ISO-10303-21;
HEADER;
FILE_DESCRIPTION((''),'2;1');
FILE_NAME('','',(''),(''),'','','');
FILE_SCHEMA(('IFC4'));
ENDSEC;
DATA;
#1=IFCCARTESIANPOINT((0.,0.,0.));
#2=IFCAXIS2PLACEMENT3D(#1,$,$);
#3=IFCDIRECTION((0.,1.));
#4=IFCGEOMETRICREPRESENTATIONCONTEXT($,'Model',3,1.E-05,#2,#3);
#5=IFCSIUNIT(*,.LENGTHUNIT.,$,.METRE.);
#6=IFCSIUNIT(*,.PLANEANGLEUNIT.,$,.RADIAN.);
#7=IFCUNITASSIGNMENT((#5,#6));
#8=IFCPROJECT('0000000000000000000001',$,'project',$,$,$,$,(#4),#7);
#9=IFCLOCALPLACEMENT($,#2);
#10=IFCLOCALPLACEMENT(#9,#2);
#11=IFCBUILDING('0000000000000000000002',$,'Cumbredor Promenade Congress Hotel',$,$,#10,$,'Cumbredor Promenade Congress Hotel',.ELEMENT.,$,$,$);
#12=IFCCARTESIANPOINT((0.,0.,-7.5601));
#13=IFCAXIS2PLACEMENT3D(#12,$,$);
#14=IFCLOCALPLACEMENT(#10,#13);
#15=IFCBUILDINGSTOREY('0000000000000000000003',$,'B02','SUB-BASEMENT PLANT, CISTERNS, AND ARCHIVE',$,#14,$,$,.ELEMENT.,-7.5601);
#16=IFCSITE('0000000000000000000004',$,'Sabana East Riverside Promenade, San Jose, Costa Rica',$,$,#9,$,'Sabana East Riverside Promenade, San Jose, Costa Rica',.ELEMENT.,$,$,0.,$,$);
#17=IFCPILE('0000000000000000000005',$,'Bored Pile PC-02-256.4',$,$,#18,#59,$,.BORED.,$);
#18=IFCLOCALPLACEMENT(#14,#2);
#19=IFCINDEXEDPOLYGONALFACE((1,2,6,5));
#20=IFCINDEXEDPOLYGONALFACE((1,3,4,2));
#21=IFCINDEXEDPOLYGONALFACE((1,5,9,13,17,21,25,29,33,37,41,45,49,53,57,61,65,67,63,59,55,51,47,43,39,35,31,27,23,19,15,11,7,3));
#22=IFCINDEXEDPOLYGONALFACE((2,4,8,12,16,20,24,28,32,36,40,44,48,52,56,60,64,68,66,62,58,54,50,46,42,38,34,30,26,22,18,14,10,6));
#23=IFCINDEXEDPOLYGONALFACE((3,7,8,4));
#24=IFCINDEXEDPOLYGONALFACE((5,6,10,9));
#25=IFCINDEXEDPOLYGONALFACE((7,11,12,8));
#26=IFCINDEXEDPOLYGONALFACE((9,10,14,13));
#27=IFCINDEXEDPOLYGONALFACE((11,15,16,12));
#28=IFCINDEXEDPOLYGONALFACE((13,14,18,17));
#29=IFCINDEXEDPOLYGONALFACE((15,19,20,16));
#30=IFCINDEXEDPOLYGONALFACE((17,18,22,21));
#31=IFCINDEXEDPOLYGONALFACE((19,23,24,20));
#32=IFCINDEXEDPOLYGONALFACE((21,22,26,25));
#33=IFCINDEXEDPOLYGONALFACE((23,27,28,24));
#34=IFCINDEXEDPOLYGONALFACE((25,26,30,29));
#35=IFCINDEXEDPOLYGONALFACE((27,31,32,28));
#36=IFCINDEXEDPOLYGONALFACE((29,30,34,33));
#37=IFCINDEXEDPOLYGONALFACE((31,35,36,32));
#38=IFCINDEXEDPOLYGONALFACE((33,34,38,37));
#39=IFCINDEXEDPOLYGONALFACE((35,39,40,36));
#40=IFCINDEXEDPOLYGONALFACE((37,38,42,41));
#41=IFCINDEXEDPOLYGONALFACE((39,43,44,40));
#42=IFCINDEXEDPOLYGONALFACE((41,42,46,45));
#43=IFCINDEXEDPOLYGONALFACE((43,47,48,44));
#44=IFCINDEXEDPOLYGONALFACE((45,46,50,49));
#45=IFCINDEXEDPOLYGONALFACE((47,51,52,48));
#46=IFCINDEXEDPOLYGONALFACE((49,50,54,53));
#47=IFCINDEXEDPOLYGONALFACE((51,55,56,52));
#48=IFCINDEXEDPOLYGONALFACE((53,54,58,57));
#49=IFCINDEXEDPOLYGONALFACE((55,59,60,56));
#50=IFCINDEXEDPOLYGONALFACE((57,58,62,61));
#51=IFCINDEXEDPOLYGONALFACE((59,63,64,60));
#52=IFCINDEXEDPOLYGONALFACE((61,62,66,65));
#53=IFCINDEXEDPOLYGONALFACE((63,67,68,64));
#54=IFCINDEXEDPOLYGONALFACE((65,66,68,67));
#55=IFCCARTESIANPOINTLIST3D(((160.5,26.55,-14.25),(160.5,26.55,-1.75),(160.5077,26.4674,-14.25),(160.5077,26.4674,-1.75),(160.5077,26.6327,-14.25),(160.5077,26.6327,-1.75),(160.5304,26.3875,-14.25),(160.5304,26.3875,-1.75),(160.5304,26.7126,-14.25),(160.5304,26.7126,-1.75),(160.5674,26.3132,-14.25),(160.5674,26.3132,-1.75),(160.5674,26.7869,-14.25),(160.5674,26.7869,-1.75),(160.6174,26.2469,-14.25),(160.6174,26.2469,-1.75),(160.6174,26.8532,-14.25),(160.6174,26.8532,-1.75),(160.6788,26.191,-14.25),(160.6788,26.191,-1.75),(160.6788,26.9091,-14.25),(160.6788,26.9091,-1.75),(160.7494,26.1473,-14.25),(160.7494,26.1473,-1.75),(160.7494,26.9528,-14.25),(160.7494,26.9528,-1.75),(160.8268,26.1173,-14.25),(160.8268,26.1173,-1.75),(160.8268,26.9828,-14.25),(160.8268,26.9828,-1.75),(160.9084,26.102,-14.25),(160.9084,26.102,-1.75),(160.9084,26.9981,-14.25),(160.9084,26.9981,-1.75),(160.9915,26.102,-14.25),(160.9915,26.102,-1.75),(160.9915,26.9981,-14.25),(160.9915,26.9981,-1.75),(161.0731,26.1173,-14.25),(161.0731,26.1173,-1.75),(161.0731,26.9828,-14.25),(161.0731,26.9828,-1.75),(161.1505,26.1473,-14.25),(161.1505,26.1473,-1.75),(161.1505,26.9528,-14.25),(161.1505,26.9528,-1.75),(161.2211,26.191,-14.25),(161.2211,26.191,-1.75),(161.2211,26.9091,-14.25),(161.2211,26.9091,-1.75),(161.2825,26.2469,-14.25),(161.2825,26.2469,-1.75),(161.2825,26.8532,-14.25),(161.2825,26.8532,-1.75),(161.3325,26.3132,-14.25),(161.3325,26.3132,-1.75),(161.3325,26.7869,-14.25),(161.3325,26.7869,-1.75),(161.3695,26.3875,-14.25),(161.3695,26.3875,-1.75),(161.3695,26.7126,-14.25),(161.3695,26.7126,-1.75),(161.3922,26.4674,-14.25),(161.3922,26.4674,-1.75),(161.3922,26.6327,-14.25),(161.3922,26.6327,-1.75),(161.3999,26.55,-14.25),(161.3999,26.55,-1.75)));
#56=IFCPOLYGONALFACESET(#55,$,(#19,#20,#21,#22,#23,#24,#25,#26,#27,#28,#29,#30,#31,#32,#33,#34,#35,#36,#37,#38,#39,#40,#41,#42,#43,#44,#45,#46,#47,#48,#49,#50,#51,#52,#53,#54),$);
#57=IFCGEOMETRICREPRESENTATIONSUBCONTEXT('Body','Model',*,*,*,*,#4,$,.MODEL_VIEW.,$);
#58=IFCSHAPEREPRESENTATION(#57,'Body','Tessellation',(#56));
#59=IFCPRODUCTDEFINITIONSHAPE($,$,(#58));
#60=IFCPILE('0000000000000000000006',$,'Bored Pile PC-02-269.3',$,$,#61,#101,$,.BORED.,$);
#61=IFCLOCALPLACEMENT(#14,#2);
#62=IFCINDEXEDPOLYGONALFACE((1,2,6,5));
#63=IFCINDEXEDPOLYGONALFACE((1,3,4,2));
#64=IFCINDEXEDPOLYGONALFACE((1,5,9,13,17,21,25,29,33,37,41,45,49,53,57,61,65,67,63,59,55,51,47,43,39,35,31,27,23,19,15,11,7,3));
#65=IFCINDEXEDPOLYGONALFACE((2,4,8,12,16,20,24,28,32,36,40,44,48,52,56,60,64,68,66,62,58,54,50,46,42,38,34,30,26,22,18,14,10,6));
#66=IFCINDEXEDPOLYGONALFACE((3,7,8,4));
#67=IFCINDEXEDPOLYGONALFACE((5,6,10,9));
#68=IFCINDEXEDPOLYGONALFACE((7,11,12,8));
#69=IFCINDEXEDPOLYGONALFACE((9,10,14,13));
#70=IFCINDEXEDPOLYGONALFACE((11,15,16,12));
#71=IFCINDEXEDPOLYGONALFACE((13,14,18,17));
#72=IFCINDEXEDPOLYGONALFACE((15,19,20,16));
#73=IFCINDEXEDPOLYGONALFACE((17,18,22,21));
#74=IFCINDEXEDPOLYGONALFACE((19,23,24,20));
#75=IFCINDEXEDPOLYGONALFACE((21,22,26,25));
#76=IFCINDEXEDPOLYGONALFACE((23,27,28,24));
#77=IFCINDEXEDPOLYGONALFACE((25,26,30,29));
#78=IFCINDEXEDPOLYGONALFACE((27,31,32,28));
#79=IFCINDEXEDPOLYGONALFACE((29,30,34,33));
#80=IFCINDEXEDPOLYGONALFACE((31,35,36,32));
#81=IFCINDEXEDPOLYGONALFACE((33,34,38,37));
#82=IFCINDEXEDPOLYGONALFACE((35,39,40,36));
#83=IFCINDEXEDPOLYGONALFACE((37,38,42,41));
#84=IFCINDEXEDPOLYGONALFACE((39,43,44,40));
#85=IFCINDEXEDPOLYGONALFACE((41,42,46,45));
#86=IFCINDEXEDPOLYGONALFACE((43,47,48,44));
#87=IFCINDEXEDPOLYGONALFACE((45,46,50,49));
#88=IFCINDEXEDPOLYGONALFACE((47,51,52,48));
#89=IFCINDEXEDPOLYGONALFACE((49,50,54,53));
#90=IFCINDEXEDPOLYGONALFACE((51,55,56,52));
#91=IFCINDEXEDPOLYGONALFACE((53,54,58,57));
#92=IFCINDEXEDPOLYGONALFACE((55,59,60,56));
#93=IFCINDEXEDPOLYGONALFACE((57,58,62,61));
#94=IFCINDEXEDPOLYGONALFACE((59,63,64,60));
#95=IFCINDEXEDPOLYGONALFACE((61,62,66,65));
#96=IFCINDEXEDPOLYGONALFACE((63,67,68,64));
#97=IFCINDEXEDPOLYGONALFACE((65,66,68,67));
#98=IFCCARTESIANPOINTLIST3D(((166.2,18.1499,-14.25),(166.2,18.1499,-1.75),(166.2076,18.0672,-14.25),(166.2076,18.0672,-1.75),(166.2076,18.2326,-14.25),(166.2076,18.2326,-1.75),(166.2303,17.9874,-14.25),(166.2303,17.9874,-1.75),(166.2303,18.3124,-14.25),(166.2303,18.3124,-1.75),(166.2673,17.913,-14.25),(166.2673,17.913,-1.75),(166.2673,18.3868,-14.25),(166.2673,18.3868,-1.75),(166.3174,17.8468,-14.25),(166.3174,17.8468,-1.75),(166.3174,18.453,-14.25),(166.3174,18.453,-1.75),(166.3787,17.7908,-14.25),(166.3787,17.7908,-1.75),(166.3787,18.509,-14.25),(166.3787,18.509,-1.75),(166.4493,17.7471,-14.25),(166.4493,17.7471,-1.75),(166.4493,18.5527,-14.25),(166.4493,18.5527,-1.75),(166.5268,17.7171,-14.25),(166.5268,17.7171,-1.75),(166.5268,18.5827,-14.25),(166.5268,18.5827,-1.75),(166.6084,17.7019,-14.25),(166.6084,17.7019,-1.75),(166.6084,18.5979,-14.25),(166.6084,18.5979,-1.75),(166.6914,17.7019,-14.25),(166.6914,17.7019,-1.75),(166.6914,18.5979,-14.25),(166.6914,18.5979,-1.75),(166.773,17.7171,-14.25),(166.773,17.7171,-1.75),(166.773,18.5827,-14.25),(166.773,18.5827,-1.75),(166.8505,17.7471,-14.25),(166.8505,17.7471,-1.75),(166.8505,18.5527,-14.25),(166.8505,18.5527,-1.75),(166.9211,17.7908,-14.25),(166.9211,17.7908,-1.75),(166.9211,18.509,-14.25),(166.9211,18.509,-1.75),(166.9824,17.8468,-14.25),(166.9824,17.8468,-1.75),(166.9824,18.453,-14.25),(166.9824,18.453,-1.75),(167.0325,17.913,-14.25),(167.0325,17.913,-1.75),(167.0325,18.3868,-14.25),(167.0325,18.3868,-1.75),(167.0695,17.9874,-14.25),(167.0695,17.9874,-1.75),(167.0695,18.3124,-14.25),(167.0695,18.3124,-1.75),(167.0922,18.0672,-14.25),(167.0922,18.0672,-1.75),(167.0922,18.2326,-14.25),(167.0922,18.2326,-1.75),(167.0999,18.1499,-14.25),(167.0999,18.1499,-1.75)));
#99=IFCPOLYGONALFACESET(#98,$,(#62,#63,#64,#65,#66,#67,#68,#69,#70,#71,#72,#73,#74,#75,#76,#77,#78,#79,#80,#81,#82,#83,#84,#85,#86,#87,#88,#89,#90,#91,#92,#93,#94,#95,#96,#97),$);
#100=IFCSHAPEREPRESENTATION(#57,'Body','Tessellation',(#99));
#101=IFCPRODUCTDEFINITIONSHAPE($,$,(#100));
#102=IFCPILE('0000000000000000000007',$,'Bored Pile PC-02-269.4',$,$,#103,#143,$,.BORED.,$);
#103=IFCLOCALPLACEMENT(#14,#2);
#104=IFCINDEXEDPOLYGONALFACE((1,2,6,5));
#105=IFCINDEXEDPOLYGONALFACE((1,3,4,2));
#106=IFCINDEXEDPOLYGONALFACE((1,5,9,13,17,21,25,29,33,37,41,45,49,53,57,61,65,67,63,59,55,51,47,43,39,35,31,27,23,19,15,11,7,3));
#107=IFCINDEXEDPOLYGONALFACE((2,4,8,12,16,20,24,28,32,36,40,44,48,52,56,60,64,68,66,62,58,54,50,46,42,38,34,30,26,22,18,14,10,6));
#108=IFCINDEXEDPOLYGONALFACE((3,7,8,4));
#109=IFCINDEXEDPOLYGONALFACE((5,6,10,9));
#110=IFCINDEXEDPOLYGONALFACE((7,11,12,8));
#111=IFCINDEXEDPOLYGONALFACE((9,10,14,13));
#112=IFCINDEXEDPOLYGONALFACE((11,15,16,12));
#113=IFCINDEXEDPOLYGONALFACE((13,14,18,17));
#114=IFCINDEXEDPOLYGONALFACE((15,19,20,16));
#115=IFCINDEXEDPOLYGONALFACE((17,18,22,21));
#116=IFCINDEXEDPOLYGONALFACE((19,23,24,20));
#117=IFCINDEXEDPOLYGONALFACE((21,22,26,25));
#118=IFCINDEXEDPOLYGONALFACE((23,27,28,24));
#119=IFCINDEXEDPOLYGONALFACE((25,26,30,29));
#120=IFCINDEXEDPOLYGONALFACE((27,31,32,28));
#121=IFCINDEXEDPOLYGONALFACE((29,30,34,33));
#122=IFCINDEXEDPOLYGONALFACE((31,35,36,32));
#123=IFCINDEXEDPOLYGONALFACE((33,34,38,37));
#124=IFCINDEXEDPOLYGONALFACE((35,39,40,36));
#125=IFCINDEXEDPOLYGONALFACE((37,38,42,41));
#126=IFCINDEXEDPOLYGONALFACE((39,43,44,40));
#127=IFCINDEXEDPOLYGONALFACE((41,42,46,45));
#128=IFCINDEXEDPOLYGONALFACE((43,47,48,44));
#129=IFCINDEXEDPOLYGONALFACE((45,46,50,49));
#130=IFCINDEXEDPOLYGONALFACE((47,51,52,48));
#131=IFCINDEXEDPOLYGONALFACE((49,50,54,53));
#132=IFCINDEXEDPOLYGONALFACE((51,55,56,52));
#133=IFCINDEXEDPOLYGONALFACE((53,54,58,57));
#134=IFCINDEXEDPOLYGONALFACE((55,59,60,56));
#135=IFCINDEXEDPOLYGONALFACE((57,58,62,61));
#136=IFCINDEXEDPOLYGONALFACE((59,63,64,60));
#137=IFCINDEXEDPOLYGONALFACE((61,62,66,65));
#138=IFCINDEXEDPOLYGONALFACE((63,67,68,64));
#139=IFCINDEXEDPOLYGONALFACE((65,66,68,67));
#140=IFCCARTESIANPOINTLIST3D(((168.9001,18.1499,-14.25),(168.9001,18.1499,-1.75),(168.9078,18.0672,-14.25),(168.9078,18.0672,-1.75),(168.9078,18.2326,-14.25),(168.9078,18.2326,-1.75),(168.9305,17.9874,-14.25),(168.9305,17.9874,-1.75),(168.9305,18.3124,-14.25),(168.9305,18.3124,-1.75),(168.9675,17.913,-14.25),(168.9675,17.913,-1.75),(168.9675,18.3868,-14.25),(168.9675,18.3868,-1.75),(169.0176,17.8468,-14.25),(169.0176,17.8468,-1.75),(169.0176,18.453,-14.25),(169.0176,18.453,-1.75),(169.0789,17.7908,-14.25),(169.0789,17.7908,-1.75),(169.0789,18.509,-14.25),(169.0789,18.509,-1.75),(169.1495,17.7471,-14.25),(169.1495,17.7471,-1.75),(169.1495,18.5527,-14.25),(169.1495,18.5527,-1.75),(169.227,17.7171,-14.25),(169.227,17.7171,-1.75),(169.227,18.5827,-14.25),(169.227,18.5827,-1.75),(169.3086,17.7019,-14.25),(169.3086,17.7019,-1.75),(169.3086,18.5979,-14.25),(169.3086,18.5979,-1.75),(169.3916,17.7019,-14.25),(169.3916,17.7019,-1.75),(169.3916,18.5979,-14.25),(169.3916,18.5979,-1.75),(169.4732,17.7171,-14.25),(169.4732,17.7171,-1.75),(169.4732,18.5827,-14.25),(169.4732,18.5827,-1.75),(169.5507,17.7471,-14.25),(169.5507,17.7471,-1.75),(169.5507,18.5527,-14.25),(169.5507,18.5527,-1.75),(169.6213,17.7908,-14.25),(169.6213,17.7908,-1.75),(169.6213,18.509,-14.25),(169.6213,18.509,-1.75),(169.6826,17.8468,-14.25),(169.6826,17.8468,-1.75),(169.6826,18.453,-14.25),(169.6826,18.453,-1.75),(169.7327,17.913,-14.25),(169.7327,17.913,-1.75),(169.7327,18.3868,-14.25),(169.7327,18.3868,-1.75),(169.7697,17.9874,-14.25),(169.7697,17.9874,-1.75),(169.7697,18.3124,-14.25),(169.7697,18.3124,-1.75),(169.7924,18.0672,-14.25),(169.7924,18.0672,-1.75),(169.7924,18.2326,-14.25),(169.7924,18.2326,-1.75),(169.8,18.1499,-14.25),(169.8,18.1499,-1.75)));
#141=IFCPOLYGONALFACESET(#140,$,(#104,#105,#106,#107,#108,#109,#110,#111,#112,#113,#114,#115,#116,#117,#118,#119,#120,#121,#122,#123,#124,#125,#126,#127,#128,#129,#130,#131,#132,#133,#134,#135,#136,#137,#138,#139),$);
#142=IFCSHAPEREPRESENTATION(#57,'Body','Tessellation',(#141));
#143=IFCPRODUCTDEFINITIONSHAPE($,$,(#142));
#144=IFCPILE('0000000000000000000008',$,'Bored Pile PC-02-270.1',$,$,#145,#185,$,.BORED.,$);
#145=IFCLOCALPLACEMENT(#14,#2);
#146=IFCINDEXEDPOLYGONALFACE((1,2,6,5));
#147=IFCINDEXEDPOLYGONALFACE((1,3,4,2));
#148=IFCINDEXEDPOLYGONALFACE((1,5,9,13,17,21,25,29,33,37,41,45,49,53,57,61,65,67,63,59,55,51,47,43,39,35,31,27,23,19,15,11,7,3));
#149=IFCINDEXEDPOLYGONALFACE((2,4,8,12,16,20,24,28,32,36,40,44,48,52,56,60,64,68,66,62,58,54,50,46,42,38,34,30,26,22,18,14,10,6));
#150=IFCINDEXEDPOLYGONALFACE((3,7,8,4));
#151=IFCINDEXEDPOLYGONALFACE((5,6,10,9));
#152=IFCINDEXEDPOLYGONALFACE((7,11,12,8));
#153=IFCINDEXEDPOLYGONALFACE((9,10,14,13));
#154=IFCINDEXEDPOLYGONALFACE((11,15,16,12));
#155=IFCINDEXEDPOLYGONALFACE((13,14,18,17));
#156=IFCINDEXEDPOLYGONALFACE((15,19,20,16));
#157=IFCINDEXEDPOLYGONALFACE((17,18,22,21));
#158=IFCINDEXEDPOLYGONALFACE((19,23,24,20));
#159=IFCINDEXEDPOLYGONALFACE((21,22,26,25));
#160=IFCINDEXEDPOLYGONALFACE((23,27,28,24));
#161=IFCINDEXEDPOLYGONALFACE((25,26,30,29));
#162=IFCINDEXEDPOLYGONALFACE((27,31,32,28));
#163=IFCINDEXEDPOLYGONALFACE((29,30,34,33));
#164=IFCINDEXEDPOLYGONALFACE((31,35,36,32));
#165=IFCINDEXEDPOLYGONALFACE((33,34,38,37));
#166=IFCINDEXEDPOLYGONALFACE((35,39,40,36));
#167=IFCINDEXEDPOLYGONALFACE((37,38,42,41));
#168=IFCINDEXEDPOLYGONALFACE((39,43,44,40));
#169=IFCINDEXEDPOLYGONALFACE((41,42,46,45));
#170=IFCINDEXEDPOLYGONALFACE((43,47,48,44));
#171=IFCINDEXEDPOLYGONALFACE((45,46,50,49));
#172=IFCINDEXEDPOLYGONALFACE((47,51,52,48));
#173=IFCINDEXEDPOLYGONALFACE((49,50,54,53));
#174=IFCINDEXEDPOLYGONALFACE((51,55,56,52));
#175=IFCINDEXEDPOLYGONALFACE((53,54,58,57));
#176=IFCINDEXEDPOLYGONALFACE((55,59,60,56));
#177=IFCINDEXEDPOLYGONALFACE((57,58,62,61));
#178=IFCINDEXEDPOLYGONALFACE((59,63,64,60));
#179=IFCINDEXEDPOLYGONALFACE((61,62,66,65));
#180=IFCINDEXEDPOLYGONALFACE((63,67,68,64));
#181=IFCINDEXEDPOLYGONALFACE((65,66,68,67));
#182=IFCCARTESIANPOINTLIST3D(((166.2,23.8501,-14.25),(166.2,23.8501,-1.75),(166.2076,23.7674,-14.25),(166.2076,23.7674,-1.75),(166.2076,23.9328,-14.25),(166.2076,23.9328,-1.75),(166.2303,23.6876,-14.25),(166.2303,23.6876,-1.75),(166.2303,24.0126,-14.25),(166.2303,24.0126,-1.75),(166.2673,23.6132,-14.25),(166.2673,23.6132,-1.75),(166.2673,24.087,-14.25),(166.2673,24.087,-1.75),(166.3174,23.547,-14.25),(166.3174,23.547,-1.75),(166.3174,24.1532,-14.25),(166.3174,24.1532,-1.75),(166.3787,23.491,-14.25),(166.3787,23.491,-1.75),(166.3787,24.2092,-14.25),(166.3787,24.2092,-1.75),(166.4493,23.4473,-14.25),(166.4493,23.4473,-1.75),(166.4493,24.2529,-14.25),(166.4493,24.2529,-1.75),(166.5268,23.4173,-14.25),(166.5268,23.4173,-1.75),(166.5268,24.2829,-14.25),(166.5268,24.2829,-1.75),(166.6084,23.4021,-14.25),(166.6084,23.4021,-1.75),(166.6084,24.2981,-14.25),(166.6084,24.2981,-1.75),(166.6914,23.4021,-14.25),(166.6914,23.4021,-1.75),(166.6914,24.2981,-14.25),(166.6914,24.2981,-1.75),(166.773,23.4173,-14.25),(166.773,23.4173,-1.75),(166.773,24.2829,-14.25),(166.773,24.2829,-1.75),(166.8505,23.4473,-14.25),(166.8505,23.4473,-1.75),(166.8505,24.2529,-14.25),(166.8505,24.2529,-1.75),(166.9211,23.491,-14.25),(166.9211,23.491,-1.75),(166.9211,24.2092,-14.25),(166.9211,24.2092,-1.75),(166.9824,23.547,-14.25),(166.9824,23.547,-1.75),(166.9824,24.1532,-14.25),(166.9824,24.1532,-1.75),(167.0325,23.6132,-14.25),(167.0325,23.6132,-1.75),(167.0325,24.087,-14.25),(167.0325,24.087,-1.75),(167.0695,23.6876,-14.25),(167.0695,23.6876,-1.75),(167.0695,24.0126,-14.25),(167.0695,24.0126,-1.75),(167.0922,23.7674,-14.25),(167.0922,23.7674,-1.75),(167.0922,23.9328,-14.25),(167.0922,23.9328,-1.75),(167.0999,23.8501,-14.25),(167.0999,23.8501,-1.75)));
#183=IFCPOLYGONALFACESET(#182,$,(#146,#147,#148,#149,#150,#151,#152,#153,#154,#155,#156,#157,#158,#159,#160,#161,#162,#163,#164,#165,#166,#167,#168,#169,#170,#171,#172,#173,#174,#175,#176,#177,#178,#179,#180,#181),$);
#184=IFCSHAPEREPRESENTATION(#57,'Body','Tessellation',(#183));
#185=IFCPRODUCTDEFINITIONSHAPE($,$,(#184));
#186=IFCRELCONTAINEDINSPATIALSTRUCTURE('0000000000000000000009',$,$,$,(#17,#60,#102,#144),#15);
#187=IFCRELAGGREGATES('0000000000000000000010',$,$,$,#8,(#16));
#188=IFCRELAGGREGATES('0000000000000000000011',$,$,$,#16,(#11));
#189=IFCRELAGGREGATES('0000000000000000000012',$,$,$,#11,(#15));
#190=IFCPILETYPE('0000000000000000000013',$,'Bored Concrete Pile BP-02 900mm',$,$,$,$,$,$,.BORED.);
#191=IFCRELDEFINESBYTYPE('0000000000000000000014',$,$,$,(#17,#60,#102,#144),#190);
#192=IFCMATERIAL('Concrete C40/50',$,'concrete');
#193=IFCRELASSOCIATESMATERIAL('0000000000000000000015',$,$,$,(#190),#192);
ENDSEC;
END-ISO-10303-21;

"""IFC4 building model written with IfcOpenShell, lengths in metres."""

from ifc_helpers import new_model, si_unit, direction, frame, origin, origin_2d, place, context, subcontext, project, spatial, circle, extrude, material, material_profile, profile_set, type_object, element, save


model = new_model("IFC4")

# Units and contexts
model_context = context("Model", 3, precision=1e-05, world=origin(), true_north=direction((0.0, 1.0)))
body_context = subcontext(model_context, "Body", "Model", "MODEL_VIEW")
ifc_project = project(units=[si_unit("LENGTHUNIT", "METRE"), si_unit("PLANEANGLEUNIT", "RADIAN")], contexts=[model_context])

# Site, building, storey
site_placement = place(None, origin())
site = spatial("IfcSite", under=ifc_project, at=site_placement, Name="Sabana East Riverside Promenade, San Jose, Costa Rica", LongName="Sabana East Riverside Promenade, San Jose, Costa Rica", CompositionType="ELEMENT", RefElevation=0.0)
building_placement = place(site_placement, origin())
building = spatial("IfcBuilding", under=site, at=building_placement, Name="Cumbredor Promenade Congress Hotel", LongName="Cumbredor Promenade Congress Hotel", CompositionType="ELEMENT")
storey_placement = place(building_placement, frame((0.0, 0.0, -7.5601)))
storey = spatial("IfcBuildingStorey", under=building, at=storey_placement, Name="B02", Description="SUB-BASEMENT PLANT, CISTERNS, AND ARCHIVE", CompositionType="ELEMENT", Elevation=-7.5601)

# Piles
ifc_material_1 = material(Name="Concrete C40/50", Category="concrete")
ifc_material_profile_1 = material_profile(ifc_material_1, circle(Radius=0.45, at=origin_2d()), Name="PILE D900")
ifc_profile_set_1 = profile_set([ifc_material_profile_1], Name="Concrete C40/50")
pile_type = type_object("IfcPileType", Name="Bored Concrete Pile BP-02 900mm", PredefinedType="BORED", material=ifc_profile_set_1)
for number, where, z_axis, x_axis, name in (
    (1, (160.95, 26.55, -1.75), (0.0, 0.0, -1.0), (1.0, 0.0, 0.0), "Bored Pile PC-02-256.4"),
    (2, (166.6499, 18.1499, -1.75), (0.0, 0.0, -1.0), (1.0, 0.0, 0.0), "Bored Pile PC-02-269.3"),
    (3, (169.3501, 18.1499, -1.75), (0.0, 0.0, -1.0), (1.0, 0.0, 0.0), "Bored Pile PC-02-269.4"),
    (4, (166.6499, 23.8501, -1.75), (0.0, 0.0, -1.0), (1.0, 0.0, 0.0), "Bored Pile PC-02-270.1"),
):
    element("IfcPile", number, at=place(storey_placement, frame(where, z_axis=z_axis, x_axis=x_axis)), inside=storey, type_object=pile_type, Name=name, PredefinedType="BORED", context=body_context, shape_type="SweptSolid", body=[
        extrude(circle(Radius=0.45, at=origin_2d()), origin(), (0.0, 0.0, 1.0), 12.5),
    ])

save(model, "model.ifc")
